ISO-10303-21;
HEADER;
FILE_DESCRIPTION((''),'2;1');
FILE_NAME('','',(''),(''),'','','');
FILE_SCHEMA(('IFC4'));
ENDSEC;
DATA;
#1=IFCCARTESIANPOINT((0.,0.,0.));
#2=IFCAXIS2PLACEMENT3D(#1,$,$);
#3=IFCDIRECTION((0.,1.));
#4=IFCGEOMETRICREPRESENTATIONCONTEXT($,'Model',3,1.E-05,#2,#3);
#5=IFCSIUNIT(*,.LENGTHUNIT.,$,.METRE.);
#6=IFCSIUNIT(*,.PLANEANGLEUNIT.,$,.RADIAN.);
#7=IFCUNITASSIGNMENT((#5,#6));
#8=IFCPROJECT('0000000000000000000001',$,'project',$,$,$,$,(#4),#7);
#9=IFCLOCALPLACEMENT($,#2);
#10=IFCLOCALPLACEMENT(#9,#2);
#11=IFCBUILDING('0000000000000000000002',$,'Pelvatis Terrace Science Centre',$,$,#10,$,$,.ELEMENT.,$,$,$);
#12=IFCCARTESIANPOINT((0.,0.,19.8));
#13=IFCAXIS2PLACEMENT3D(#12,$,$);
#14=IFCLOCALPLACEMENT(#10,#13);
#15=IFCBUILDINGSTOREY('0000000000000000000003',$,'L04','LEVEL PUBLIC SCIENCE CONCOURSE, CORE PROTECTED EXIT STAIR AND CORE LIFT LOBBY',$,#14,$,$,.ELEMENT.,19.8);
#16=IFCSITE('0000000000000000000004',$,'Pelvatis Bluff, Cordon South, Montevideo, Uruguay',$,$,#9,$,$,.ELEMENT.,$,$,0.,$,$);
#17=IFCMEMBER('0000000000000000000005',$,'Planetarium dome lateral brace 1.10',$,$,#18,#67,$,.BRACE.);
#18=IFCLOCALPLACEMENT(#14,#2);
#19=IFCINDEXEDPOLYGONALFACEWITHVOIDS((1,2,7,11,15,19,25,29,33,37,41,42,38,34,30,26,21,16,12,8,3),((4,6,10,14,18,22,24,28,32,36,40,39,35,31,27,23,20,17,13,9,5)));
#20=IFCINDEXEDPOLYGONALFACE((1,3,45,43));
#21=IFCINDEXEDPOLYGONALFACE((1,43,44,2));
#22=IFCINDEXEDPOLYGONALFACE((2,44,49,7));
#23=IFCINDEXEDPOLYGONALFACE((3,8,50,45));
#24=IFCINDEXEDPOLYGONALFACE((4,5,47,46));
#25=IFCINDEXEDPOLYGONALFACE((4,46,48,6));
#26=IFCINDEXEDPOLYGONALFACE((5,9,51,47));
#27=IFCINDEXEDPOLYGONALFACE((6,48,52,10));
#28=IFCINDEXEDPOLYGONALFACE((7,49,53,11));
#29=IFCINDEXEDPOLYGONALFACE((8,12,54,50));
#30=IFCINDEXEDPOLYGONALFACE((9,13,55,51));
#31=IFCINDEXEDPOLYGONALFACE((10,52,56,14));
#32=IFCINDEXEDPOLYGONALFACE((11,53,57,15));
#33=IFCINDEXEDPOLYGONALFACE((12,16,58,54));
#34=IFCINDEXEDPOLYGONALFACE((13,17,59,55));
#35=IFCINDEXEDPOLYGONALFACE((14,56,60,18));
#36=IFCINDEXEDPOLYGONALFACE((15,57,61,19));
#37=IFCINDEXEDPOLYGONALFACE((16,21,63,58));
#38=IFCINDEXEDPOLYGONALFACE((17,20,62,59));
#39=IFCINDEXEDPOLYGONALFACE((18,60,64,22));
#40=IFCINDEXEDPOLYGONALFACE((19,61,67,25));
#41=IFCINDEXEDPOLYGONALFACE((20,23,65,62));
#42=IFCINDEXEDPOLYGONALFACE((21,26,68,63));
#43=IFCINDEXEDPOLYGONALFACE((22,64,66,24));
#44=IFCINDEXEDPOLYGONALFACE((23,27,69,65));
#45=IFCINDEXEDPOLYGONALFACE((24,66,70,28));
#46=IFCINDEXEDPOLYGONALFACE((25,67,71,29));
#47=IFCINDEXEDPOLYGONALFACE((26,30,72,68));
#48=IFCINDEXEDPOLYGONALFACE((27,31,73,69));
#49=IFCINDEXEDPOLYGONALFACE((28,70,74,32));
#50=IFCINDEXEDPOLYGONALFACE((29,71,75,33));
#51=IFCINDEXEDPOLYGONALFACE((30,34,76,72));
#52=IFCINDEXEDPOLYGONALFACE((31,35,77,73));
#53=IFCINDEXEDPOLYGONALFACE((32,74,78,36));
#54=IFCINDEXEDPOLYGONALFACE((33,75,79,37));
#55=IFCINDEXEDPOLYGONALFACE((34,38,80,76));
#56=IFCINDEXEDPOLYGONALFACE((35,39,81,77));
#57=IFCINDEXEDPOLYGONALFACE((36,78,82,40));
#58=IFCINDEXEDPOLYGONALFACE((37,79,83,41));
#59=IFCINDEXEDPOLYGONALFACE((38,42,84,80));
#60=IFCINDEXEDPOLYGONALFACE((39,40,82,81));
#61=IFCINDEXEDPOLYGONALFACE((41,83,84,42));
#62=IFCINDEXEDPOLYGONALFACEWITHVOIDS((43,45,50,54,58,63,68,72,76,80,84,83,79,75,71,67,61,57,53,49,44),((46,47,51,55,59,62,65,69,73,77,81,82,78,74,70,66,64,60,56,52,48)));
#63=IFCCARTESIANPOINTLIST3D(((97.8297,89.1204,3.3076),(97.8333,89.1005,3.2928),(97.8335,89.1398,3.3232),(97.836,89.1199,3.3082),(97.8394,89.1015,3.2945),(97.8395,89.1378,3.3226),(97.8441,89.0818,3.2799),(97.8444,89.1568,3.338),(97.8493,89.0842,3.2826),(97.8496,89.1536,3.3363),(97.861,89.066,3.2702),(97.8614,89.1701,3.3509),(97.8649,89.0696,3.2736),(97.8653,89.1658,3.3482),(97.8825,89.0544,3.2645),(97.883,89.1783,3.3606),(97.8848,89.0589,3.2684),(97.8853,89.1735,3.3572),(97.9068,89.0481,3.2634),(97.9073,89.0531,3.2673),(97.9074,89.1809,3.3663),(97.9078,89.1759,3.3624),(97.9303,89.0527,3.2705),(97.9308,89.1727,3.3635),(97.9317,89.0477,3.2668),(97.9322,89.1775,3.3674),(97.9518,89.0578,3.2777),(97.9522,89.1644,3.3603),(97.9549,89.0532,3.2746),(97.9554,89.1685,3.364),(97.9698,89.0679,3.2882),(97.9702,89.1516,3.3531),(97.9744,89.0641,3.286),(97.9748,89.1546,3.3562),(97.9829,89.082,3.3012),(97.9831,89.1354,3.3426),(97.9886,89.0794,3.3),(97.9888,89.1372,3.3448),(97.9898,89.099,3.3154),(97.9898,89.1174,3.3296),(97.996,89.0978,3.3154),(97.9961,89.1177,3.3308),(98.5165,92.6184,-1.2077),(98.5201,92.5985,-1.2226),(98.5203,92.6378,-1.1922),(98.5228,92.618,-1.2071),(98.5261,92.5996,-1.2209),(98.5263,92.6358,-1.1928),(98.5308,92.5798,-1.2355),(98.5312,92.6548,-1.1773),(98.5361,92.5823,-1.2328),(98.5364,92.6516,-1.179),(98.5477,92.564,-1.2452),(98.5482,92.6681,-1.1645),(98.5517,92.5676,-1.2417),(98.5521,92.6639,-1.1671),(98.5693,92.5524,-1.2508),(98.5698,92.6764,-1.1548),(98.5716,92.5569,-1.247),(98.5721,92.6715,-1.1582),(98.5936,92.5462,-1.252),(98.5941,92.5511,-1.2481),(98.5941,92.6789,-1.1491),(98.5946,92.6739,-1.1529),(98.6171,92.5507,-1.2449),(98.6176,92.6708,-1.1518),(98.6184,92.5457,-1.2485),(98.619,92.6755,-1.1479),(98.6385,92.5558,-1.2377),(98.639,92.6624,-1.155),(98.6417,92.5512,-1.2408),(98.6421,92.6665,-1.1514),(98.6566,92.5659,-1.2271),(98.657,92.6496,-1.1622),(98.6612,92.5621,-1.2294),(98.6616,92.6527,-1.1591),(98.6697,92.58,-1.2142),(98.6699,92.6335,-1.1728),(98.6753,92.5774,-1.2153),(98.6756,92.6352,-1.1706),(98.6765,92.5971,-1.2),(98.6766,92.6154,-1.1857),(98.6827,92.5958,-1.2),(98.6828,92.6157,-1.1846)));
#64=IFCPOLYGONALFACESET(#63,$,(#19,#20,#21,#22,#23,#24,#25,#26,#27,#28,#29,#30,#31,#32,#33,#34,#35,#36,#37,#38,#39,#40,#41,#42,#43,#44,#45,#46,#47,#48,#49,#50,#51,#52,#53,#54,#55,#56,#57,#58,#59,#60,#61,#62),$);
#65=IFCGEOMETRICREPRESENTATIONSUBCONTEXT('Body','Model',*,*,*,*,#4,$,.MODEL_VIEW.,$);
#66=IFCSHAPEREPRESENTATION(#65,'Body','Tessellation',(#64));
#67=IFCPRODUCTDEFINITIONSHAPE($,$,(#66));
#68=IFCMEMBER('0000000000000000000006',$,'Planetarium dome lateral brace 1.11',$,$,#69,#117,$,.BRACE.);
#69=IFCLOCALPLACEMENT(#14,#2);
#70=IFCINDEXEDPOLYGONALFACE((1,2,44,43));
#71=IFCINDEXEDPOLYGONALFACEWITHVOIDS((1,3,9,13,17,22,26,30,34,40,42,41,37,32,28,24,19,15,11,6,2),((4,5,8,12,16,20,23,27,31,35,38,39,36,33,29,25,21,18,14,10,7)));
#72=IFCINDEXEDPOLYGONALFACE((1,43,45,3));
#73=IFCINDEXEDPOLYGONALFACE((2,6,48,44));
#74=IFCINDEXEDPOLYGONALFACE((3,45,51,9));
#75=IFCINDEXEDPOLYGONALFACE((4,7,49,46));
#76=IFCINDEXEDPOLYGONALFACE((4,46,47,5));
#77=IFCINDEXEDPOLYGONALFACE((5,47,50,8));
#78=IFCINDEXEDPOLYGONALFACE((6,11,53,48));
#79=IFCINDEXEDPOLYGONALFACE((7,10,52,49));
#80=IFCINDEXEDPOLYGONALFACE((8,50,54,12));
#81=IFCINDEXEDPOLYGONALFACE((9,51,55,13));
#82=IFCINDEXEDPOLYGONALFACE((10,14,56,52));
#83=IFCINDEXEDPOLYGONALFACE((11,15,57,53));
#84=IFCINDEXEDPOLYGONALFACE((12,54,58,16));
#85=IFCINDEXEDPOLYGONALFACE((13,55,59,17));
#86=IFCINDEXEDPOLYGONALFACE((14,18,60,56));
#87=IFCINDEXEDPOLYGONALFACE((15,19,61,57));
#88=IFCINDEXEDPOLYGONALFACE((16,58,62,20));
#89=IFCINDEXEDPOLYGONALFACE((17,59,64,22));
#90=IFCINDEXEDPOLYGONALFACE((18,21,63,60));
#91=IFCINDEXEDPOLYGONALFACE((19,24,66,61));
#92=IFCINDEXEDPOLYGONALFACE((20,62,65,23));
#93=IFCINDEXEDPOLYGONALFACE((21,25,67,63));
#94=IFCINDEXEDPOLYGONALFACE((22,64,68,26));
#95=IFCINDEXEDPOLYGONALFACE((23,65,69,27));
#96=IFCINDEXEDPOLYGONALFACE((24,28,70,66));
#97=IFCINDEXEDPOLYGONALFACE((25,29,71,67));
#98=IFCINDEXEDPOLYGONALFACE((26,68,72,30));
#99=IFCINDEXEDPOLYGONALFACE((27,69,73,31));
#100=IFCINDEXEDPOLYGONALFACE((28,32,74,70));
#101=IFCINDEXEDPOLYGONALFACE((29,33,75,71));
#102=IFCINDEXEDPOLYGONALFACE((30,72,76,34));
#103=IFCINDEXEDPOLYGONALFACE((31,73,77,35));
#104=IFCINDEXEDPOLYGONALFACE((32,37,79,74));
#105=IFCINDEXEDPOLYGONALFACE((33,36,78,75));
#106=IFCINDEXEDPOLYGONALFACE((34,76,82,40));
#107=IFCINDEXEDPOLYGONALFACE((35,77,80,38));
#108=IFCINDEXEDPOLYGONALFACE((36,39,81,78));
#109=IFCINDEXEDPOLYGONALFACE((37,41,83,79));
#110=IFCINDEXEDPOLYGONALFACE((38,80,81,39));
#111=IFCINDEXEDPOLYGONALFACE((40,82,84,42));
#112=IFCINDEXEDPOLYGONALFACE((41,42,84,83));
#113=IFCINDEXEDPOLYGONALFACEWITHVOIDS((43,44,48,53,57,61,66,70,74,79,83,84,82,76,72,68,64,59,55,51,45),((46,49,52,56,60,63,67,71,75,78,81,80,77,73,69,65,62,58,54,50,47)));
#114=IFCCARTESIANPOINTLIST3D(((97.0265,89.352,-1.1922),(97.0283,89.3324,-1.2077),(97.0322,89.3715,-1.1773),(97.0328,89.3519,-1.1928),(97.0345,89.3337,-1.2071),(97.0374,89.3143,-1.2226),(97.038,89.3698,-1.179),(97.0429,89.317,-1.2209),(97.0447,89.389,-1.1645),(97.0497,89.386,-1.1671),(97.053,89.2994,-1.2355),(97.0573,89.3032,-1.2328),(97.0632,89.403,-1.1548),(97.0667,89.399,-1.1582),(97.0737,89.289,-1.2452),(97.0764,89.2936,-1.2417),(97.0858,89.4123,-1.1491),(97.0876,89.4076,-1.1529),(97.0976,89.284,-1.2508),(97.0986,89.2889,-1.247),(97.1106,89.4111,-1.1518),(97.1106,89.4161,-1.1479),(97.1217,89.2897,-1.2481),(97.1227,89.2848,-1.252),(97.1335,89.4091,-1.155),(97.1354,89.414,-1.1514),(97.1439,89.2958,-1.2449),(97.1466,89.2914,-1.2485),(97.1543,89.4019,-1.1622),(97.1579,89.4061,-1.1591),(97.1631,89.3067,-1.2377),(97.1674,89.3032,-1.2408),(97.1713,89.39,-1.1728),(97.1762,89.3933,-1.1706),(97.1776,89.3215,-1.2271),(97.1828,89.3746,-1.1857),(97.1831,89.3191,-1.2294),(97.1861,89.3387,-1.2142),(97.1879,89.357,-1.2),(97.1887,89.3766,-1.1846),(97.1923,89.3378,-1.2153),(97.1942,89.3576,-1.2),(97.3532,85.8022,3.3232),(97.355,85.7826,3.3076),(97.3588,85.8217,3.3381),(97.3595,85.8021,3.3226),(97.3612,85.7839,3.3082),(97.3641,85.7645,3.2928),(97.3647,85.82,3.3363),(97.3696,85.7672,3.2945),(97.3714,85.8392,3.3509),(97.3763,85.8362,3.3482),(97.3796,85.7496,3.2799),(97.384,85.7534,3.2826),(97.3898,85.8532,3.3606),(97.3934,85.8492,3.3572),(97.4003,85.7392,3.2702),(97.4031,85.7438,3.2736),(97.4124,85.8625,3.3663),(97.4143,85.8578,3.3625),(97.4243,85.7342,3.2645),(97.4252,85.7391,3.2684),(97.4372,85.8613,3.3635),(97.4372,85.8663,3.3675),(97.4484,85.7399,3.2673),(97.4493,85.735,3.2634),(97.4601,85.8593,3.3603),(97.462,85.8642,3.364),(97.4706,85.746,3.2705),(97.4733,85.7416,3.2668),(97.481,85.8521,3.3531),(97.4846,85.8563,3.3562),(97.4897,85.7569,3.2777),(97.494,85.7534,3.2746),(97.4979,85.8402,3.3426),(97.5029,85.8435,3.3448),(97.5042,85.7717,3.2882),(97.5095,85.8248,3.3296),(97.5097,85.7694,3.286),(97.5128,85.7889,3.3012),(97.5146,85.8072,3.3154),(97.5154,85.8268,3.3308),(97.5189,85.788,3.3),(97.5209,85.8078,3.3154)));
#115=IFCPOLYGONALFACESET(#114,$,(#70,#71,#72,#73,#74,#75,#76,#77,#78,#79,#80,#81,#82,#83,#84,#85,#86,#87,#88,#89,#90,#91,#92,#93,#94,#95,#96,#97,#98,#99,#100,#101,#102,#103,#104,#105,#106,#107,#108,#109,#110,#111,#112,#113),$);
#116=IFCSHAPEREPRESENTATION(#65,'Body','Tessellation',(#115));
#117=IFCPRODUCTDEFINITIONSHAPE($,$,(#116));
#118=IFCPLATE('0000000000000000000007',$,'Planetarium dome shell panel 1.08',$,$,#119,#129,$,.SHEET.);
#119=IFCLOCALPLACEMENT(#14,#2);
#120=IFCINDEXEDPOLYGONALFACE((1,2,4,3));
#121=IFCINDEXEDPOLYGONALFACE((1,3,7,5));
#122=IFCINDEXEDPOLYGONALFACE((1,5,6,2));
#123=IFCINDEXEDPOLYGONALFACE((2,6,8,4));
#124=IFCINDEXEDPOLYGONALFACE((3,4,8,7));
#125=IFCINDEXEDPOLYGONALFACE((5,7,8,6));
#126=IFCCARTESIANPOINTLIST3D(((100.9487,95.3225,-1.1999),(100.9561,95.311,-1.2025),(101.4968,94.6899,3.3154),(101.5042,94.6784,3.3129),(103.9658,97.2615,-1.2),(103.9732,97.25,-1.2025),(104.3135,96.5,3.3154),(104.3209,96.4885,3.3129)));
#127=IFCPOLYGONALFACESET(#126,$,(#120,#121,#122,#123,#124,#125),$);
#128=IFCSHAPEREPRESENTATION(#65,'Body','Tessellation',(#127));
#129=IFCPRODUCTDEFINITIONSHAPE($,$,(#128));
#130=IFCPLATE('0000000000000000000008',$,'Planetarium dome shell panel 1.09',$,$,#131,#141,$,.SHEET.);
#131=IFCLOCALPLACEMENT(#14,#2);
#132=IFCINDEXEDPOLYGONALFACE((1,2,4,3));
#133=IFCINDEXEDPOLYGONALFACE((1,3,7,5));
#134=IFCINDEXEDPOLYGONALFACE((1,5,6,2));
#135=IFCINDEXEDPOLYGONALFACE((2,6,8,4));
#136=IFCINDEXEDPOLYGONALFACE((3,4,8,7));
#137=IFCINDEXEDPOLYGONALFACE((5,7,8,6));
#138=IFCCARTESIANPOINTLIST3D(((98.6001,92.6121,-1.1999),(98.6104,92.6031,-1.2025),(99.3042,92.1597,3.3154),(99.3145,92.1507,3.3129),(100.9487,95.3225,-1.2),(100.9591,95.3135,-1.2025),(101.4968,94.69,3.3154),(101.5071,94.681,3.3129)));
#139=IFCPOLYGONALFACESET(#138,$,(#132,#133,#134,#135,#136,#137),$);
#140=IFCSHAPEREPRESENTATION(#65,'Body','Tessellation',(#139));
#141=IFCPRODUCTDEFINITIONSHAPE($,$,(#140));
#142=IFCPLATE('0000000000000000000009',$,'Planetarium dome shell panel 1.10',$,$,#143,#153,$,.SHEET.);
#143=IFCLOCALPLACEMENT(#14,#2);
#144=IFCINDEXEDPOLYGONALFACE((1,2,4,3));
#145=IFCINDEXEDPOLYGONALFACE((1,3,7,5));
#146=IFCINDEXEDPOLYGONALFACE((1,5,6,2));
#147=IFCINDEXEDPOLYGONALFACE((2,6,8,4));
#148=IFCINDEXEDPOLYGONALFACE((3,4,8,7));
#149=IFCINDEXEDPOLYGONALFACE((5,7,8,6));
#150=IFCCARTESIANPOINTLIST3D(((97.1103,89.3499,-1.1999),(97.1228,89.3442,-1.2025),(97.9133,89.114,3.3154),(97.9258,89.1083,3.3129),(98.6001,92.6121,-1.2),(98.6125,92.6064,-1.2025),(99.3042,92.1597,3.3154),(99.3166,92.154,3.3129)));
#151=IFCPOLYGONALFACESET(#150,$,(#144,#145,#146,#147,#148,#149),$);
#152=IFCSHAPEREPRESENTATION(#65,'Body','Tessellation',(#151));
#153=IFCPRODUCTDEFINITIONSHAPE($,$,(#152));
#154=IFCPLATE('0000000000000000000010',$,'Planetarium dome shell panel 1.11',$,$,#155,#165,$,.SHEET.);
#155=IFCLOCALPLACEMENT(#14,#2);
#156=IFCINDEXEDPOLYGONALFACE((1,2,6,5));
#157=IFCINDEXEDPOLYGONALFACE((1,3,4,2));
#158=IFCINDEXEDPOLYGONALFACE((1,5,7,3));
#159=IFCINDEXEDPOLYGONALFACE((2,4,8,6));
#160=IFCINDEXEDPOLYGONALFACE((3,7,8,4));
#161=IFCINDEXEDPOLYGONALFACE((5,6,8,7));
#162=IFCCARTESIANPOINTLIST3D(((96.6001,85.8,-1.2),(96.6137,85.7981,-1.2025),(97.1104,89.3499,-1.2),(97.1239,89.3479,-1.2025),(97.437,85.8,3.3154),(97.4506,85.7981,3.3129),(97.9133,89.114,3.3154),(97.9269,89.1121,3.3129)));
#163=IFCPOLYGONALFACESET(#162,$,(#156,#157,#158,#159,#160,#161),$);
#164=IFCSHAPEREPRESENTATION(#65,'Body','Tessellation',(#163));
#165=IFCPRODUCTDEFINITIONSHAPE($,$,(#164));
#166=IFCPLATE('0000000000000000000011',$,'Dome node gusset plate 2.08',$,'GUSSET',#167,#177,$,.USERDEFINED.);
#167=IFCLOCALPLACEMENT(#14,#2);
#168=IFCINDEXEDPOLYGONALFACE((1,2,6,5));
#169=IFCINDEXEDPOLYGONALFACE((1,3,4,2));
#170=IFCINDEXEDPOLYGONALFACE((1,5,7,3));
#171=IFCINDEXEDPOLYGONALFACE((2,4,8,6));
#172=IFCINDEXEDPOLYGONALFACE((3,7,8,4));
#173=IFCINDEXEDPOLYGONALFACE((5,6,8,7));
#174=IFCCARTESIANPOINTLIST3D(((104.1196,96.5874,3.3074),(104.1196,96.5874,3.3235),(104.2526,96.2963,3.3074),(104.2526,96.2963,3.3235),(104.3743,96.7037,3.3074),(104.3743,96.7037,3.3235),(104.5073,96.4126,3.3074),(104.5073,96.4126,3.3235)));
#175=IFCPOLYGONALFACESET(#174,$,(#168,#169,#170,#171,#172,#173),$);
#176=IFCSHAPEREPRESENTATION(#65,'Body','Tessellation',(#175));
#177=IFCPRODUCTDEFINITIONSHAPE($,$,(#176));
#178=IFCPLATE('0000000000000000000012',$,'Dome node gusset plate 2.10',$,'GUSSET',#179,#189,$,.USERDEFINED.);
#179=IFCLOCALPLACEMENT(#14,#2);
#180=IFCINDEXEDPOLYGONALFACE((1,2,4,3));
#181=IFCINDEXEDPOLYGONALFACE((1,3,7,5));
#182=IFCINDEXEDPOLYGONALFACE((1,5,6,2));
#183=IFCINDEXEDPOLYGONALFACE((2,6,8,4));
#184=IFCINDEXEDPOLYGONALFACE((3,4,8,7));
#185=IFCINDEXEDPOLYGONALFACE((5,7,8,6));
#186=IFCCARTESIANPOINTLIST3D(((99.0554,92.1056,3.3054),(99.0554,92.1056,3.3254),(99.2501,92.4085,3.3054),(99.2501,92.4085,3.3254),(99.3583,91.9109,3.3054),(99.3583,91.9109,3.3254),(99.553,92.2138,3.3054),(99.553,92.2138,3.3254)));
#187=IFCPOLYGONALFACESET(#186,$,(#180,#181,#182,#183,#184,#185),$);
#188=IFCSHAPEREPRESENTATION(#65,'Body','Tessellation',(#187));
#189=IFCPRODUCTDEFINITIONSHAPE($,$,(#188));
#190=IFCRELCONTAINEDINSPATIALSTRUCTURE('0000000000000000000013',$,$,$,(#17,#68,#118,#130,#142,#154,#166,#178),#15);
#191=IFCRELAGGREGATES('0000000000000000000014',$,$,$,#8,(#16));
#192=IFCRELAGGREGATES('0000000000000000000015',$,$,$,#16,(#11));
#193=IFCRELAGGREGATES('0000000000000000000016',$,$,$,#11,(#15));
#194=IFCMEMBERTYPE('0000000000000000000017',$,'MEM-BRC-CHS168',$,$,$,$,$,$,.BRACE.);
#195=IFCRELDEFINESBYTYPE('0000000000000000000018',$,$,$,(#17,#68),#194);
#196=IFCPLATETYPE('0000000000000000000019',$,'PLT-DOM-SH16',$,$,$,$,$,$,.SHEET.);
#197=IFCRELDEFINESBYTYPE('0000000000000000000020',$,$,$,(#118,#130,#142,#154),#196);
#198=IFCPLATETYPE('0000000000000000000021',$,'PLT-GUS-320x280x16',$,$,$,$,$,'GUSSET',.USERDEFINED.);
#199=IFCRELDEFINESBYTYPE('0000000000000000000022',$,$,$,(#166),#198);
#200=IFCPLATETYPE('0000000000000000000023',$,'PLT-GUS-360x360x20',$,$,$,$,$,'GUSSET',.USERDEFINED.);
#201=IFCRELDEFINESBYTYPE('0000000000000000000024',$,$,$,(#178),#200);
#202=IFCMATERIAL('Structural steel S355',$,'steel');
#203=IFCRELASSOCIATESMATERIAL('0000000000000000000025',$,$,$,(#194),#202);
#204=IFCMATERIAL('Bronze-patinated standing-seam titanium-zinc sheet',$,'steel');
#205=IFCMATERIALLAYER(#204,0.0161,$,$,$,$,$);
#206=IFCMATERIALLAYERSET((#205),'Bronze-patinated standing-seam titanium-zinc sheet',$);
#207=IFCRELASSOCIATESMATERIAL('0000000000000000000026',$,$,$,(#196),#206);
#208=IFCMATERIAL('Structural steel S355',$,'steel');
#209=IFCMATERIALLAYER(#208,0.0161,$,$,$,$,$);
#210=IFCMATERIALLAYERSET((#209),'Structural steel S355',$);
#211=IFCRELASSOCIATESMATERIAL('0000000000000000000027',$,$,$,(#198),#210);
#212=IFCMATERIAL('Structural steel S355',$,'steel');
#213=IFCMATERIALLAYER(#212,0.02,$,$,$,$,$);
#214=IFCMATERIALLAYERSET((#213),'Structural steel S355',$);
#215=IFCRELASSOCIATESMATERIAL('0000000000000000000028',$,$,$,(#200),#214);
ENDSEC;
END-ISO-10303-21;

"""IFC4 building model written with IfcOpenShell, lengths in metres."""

from ifc_helpers import new_model, si_unit, direction, frame, origin, origin_2d, place, context, subcontext, project, spatial, polyline, rectangle, hollow_circle, outline, extrude, material, layer, layer_set, material_profile, profile_set, type_object, element, save


model = new_model("IFC4")

# Units and contexts
model_context = context("Model", 3, precision=1e-05, world=origin(), true_north=direction((0.0, 1.0)))
body_context = subcontext(model_context, "Body", "Model", "MODEL_VIEW")
ifc_project = project(units=[si_unit("LENGTHUNIT", "METRE"), si_unit("PLANEANGLEUNIT", "RADIAN")], contexts=[model_context])

# Site, building, storey
site_placement = place(None, origin())
site = spatial("IfcSite", under=ifc_project, at=site_placement, Name="Pelvatis Bluff, Cordon South, Montevideo, Uruguay", CompositionType="ELEMENT", RefElevation=0.0)
building_placement = place(site_placement, origin())
building = spatial("IfcBuilding", under=site, at=building_placement, Name="Pelvatis Terrace Science Centre", CompositionType="ELEMENT")
storey_placement = place(building_placement, frame((0.0, 0.0, 19.8)))
storey = spatial("IfcBuildingStorey", under=building, at=storey_placement, Name="L04", Description="LEVEL PUBLIC SCIENCE CONCOURSE, CORE PROTECTED EXIT STAIR AND CORE LIFT LOBBY", CompositionType="ELEMENT", Elevation=19.8)

# Members
ifc_material_1 = material(Name="Structural steel S355", Category="steel")
ifc_material_profile_1 = material_profile(ifc_material_1, hollow_circle(Radius=0.0842, WallThickness=0.0063, at=origin_2d()), Name="CHS 168.3x6.3")
ifc_profile_set_1 = profile_set([ifc_material_profile_1], Name="Structural steel S355")
member_type = type_object("IfcMemberType", Name="MEM-BRC-CHS168", PredefinedType="BRACE", material=ifc_profile_set_1)
for number, where, z_axis, x_axis, name in (
    (1, (98.6001, 92.6121, -1.2), (-0.119376, -0.608042, 0.784878), (0.981267, -0.192651, 0.0), "Planetarium dome lateral brace 1.10"),
    (2, (97.1104, 89.3499, -1.2), (0.056781, -0.61704, 0.78488), (0.995793, 0.091635, 0.0), "Planetarium dome lateral brace 1.11"),
):
    element("IfcMember", number, at=place(storey_placement, frame(where, z_axis=z_axis, x_axis=x_axis)), inside=storey, type_object=member_type, Name=name, PredefinedType="BRACE", context=body_context, shape_type="SweptSolid", body=[
        extrude(hollow_circle(Radius=0.0842, WallThickness=0.0063, at=origin_2d()), origin(), (0.0, 0.0, 1.0), 5.7529),
    ])

# Plates
ifc_material_2 = material(Name="Bronze-patinated standing-seam titanium-zinc sheet", Category="steel")
ifc_layer_1 = layer(ifc_material_2, 0.0161)
ifc_layer_set_1 = layer_set([ifc_layer_1], Name="Bronze-patinated standing-seam titanium-zinc sheet")
plate_type_1 = type_object("IfcPlateType", Name="PLT-DOM-SH16", PredefinedType="SHEET", material=ifc_layer_set_1)
plate_1_placement = place(storey_placement, frame((103.9658, 97.2615, -1.2), z_axis=(-0.531754, 0.827446, 0.180474), x_axis=(-0.841259, -0.540632, 0.000002)))
element("IfcPlate", 3, at=plate_1_placement, inside=storey, type_object=plate_type_1, Name="Planetarium dome shell panel 1.08", PredefinedType="SHEET", context=body_context, shape_type="SweptSolid", body=[
    extrude(outline(polyline([(0.0, 0.0), (3.5864, 0.0), (3.4673, 4.5908), (0.1192, 4.5908), (0.0, 0.0)])), origin(), (0.0, 0.0, -1.0), 0.0139),
])
plate_2_placement = place(storey_placement, frame((100.9487, 95.3225, -1.2), z_axis=(-0.743332, 0.644122, 0.180455), x_axis=(-0.654873, -0.755739, 0.000002)))
element("IfcPlate", 4, at=plate_2_placement, inside=storey, type_object=plate_type_1, Name="Planetarium dome shell panel 1.09", PredefinedType="SHEET", context=body_context, shape_type="SweptSolid", body=[
    extrude(outline(polyline([(0.0, 0.0), (3.5864, 0.0), (3.4673, 4.5907), (0.1191, 4.5908), (0.0, 0.0)])), origin(), (0.0, 0.0, -1.0), 0.0139),
])
plate_3_placement = place(storey_placement, frame((98.6001, 92.6121, -1.2), z_axis=(-0.894705, 0.408585, 0.180449), x_axis=(-0.415404, -0.909637, 0.0)))
element("IfcPlate", 5, at=plate_3_placement, inside=storey, type_object=plate_type_1, Name="Planetarium dome shell panel 1.10", PredefinedType="SHEET", context=body_context, shape_type="SweptSolid", body=[
    extrude(outline(polyline([(0.0, 0.0), (3.5863, 0.0), (3.4672, 4.5907), (0.119, 4.5907), (0.0, 0.0)])), origin(), (0.0, 0.0, -1.0), 0.0139),
])
plate_4_placement = place(storey_placement, frame((97.1104, 89.3499, -1.2), z_axis=(-0.973579, 0.139939, 0.180446), x_axis=(-0.142274, -0.989827, -0.000001)))
element("IfcPlate", 6, at=plate_4_placement, inside=storey, type_object=plate_type_1, Name="Planetarium dome shell panel 1.11", PredefinedType="SHEET", context=body_context, shape_type="SweptSolid", body=[
    extrude(outline(polyline([(0.0, 0.0), (3.5863, 0.0), (3.4672, 4.5907), (0.1192, 4.5907), (0.0, 0.0)])), origin(), (0.0, 0.0, -1.0), 0.0139),
])
ifc_material_3 = material(Name="Structural steel S355", Category="steel")
ifc_layer_2 = layer(ifc_material_3, 0.0161)
ifc_layer_set_2 = layer_set([ifc_layer_2], Name="Structural steel S355")
plate_type_2 = type_object("IfcPlateType", Name="PLT-GUS-320x280x16", ElementType="GUSSET", PredefinedType="USERDEFINED", material=ifc_layer_set_2)
plate_5_placement = place(storey_placement, frame((104.3135, 96.5, 3.3074), z_axis=(0.0, 0.0, 1.0), x_axis=(-0.415487, 0.909599, 0.0)))
element("IfcPlate", 7, at=plate_5_placement, inside=storey, type_object=plate_type_2, Name="Dome node gusset plate 2.08", ObjectType="GUSSET", PredefinedType="USERDEFINED", context=body_context, shape_type="SweptSolid", body=[
    extrude(rectangle(XDim=0.3201, YDim=0.28, at=origin_2d()), origin(), (0.0, 0.0, 1.0), 0.0161),
])
ifc_material_4 = material(Name="Structural steel S355", Category="steel")
ifc_layer_3 = layer(ifc_material_4, 0.02)
ifc_layer_set_3 = layer_set([ifc_layer_3], Name="Structural steel S355")
plate_type_3 = type_object("IfcPlateType", Name="PLT-GUS-360x360x20", ElementType="GUSSET", PredefinedType="USERDEFINED", material=ifc_layer_set_3)
plate_6_placement = place(storey_placement, frame((99.3042, 92.1597, 3.3054), z_axis=(0.0, 0.0, 1.0), x_axis=(-0.841228, 0.540681, 0.0)))
element("IfcPlate", 8, at=plate_6_placement, inside=storey, type_object=plate_type_3, Name="Dome node gusset plate 2.10", ObjectType="GUSSET", PredefinedType="USERDEFINED", context=body_context, shape_type="SweptSolid", body=[
    extrude(rectangle(XDim=0.3601, YDim=0.3601, at=origin_2d()), origin(), (0.0, 0.0, 1.0), 0.02),
])

save(model, "model.ifc")
